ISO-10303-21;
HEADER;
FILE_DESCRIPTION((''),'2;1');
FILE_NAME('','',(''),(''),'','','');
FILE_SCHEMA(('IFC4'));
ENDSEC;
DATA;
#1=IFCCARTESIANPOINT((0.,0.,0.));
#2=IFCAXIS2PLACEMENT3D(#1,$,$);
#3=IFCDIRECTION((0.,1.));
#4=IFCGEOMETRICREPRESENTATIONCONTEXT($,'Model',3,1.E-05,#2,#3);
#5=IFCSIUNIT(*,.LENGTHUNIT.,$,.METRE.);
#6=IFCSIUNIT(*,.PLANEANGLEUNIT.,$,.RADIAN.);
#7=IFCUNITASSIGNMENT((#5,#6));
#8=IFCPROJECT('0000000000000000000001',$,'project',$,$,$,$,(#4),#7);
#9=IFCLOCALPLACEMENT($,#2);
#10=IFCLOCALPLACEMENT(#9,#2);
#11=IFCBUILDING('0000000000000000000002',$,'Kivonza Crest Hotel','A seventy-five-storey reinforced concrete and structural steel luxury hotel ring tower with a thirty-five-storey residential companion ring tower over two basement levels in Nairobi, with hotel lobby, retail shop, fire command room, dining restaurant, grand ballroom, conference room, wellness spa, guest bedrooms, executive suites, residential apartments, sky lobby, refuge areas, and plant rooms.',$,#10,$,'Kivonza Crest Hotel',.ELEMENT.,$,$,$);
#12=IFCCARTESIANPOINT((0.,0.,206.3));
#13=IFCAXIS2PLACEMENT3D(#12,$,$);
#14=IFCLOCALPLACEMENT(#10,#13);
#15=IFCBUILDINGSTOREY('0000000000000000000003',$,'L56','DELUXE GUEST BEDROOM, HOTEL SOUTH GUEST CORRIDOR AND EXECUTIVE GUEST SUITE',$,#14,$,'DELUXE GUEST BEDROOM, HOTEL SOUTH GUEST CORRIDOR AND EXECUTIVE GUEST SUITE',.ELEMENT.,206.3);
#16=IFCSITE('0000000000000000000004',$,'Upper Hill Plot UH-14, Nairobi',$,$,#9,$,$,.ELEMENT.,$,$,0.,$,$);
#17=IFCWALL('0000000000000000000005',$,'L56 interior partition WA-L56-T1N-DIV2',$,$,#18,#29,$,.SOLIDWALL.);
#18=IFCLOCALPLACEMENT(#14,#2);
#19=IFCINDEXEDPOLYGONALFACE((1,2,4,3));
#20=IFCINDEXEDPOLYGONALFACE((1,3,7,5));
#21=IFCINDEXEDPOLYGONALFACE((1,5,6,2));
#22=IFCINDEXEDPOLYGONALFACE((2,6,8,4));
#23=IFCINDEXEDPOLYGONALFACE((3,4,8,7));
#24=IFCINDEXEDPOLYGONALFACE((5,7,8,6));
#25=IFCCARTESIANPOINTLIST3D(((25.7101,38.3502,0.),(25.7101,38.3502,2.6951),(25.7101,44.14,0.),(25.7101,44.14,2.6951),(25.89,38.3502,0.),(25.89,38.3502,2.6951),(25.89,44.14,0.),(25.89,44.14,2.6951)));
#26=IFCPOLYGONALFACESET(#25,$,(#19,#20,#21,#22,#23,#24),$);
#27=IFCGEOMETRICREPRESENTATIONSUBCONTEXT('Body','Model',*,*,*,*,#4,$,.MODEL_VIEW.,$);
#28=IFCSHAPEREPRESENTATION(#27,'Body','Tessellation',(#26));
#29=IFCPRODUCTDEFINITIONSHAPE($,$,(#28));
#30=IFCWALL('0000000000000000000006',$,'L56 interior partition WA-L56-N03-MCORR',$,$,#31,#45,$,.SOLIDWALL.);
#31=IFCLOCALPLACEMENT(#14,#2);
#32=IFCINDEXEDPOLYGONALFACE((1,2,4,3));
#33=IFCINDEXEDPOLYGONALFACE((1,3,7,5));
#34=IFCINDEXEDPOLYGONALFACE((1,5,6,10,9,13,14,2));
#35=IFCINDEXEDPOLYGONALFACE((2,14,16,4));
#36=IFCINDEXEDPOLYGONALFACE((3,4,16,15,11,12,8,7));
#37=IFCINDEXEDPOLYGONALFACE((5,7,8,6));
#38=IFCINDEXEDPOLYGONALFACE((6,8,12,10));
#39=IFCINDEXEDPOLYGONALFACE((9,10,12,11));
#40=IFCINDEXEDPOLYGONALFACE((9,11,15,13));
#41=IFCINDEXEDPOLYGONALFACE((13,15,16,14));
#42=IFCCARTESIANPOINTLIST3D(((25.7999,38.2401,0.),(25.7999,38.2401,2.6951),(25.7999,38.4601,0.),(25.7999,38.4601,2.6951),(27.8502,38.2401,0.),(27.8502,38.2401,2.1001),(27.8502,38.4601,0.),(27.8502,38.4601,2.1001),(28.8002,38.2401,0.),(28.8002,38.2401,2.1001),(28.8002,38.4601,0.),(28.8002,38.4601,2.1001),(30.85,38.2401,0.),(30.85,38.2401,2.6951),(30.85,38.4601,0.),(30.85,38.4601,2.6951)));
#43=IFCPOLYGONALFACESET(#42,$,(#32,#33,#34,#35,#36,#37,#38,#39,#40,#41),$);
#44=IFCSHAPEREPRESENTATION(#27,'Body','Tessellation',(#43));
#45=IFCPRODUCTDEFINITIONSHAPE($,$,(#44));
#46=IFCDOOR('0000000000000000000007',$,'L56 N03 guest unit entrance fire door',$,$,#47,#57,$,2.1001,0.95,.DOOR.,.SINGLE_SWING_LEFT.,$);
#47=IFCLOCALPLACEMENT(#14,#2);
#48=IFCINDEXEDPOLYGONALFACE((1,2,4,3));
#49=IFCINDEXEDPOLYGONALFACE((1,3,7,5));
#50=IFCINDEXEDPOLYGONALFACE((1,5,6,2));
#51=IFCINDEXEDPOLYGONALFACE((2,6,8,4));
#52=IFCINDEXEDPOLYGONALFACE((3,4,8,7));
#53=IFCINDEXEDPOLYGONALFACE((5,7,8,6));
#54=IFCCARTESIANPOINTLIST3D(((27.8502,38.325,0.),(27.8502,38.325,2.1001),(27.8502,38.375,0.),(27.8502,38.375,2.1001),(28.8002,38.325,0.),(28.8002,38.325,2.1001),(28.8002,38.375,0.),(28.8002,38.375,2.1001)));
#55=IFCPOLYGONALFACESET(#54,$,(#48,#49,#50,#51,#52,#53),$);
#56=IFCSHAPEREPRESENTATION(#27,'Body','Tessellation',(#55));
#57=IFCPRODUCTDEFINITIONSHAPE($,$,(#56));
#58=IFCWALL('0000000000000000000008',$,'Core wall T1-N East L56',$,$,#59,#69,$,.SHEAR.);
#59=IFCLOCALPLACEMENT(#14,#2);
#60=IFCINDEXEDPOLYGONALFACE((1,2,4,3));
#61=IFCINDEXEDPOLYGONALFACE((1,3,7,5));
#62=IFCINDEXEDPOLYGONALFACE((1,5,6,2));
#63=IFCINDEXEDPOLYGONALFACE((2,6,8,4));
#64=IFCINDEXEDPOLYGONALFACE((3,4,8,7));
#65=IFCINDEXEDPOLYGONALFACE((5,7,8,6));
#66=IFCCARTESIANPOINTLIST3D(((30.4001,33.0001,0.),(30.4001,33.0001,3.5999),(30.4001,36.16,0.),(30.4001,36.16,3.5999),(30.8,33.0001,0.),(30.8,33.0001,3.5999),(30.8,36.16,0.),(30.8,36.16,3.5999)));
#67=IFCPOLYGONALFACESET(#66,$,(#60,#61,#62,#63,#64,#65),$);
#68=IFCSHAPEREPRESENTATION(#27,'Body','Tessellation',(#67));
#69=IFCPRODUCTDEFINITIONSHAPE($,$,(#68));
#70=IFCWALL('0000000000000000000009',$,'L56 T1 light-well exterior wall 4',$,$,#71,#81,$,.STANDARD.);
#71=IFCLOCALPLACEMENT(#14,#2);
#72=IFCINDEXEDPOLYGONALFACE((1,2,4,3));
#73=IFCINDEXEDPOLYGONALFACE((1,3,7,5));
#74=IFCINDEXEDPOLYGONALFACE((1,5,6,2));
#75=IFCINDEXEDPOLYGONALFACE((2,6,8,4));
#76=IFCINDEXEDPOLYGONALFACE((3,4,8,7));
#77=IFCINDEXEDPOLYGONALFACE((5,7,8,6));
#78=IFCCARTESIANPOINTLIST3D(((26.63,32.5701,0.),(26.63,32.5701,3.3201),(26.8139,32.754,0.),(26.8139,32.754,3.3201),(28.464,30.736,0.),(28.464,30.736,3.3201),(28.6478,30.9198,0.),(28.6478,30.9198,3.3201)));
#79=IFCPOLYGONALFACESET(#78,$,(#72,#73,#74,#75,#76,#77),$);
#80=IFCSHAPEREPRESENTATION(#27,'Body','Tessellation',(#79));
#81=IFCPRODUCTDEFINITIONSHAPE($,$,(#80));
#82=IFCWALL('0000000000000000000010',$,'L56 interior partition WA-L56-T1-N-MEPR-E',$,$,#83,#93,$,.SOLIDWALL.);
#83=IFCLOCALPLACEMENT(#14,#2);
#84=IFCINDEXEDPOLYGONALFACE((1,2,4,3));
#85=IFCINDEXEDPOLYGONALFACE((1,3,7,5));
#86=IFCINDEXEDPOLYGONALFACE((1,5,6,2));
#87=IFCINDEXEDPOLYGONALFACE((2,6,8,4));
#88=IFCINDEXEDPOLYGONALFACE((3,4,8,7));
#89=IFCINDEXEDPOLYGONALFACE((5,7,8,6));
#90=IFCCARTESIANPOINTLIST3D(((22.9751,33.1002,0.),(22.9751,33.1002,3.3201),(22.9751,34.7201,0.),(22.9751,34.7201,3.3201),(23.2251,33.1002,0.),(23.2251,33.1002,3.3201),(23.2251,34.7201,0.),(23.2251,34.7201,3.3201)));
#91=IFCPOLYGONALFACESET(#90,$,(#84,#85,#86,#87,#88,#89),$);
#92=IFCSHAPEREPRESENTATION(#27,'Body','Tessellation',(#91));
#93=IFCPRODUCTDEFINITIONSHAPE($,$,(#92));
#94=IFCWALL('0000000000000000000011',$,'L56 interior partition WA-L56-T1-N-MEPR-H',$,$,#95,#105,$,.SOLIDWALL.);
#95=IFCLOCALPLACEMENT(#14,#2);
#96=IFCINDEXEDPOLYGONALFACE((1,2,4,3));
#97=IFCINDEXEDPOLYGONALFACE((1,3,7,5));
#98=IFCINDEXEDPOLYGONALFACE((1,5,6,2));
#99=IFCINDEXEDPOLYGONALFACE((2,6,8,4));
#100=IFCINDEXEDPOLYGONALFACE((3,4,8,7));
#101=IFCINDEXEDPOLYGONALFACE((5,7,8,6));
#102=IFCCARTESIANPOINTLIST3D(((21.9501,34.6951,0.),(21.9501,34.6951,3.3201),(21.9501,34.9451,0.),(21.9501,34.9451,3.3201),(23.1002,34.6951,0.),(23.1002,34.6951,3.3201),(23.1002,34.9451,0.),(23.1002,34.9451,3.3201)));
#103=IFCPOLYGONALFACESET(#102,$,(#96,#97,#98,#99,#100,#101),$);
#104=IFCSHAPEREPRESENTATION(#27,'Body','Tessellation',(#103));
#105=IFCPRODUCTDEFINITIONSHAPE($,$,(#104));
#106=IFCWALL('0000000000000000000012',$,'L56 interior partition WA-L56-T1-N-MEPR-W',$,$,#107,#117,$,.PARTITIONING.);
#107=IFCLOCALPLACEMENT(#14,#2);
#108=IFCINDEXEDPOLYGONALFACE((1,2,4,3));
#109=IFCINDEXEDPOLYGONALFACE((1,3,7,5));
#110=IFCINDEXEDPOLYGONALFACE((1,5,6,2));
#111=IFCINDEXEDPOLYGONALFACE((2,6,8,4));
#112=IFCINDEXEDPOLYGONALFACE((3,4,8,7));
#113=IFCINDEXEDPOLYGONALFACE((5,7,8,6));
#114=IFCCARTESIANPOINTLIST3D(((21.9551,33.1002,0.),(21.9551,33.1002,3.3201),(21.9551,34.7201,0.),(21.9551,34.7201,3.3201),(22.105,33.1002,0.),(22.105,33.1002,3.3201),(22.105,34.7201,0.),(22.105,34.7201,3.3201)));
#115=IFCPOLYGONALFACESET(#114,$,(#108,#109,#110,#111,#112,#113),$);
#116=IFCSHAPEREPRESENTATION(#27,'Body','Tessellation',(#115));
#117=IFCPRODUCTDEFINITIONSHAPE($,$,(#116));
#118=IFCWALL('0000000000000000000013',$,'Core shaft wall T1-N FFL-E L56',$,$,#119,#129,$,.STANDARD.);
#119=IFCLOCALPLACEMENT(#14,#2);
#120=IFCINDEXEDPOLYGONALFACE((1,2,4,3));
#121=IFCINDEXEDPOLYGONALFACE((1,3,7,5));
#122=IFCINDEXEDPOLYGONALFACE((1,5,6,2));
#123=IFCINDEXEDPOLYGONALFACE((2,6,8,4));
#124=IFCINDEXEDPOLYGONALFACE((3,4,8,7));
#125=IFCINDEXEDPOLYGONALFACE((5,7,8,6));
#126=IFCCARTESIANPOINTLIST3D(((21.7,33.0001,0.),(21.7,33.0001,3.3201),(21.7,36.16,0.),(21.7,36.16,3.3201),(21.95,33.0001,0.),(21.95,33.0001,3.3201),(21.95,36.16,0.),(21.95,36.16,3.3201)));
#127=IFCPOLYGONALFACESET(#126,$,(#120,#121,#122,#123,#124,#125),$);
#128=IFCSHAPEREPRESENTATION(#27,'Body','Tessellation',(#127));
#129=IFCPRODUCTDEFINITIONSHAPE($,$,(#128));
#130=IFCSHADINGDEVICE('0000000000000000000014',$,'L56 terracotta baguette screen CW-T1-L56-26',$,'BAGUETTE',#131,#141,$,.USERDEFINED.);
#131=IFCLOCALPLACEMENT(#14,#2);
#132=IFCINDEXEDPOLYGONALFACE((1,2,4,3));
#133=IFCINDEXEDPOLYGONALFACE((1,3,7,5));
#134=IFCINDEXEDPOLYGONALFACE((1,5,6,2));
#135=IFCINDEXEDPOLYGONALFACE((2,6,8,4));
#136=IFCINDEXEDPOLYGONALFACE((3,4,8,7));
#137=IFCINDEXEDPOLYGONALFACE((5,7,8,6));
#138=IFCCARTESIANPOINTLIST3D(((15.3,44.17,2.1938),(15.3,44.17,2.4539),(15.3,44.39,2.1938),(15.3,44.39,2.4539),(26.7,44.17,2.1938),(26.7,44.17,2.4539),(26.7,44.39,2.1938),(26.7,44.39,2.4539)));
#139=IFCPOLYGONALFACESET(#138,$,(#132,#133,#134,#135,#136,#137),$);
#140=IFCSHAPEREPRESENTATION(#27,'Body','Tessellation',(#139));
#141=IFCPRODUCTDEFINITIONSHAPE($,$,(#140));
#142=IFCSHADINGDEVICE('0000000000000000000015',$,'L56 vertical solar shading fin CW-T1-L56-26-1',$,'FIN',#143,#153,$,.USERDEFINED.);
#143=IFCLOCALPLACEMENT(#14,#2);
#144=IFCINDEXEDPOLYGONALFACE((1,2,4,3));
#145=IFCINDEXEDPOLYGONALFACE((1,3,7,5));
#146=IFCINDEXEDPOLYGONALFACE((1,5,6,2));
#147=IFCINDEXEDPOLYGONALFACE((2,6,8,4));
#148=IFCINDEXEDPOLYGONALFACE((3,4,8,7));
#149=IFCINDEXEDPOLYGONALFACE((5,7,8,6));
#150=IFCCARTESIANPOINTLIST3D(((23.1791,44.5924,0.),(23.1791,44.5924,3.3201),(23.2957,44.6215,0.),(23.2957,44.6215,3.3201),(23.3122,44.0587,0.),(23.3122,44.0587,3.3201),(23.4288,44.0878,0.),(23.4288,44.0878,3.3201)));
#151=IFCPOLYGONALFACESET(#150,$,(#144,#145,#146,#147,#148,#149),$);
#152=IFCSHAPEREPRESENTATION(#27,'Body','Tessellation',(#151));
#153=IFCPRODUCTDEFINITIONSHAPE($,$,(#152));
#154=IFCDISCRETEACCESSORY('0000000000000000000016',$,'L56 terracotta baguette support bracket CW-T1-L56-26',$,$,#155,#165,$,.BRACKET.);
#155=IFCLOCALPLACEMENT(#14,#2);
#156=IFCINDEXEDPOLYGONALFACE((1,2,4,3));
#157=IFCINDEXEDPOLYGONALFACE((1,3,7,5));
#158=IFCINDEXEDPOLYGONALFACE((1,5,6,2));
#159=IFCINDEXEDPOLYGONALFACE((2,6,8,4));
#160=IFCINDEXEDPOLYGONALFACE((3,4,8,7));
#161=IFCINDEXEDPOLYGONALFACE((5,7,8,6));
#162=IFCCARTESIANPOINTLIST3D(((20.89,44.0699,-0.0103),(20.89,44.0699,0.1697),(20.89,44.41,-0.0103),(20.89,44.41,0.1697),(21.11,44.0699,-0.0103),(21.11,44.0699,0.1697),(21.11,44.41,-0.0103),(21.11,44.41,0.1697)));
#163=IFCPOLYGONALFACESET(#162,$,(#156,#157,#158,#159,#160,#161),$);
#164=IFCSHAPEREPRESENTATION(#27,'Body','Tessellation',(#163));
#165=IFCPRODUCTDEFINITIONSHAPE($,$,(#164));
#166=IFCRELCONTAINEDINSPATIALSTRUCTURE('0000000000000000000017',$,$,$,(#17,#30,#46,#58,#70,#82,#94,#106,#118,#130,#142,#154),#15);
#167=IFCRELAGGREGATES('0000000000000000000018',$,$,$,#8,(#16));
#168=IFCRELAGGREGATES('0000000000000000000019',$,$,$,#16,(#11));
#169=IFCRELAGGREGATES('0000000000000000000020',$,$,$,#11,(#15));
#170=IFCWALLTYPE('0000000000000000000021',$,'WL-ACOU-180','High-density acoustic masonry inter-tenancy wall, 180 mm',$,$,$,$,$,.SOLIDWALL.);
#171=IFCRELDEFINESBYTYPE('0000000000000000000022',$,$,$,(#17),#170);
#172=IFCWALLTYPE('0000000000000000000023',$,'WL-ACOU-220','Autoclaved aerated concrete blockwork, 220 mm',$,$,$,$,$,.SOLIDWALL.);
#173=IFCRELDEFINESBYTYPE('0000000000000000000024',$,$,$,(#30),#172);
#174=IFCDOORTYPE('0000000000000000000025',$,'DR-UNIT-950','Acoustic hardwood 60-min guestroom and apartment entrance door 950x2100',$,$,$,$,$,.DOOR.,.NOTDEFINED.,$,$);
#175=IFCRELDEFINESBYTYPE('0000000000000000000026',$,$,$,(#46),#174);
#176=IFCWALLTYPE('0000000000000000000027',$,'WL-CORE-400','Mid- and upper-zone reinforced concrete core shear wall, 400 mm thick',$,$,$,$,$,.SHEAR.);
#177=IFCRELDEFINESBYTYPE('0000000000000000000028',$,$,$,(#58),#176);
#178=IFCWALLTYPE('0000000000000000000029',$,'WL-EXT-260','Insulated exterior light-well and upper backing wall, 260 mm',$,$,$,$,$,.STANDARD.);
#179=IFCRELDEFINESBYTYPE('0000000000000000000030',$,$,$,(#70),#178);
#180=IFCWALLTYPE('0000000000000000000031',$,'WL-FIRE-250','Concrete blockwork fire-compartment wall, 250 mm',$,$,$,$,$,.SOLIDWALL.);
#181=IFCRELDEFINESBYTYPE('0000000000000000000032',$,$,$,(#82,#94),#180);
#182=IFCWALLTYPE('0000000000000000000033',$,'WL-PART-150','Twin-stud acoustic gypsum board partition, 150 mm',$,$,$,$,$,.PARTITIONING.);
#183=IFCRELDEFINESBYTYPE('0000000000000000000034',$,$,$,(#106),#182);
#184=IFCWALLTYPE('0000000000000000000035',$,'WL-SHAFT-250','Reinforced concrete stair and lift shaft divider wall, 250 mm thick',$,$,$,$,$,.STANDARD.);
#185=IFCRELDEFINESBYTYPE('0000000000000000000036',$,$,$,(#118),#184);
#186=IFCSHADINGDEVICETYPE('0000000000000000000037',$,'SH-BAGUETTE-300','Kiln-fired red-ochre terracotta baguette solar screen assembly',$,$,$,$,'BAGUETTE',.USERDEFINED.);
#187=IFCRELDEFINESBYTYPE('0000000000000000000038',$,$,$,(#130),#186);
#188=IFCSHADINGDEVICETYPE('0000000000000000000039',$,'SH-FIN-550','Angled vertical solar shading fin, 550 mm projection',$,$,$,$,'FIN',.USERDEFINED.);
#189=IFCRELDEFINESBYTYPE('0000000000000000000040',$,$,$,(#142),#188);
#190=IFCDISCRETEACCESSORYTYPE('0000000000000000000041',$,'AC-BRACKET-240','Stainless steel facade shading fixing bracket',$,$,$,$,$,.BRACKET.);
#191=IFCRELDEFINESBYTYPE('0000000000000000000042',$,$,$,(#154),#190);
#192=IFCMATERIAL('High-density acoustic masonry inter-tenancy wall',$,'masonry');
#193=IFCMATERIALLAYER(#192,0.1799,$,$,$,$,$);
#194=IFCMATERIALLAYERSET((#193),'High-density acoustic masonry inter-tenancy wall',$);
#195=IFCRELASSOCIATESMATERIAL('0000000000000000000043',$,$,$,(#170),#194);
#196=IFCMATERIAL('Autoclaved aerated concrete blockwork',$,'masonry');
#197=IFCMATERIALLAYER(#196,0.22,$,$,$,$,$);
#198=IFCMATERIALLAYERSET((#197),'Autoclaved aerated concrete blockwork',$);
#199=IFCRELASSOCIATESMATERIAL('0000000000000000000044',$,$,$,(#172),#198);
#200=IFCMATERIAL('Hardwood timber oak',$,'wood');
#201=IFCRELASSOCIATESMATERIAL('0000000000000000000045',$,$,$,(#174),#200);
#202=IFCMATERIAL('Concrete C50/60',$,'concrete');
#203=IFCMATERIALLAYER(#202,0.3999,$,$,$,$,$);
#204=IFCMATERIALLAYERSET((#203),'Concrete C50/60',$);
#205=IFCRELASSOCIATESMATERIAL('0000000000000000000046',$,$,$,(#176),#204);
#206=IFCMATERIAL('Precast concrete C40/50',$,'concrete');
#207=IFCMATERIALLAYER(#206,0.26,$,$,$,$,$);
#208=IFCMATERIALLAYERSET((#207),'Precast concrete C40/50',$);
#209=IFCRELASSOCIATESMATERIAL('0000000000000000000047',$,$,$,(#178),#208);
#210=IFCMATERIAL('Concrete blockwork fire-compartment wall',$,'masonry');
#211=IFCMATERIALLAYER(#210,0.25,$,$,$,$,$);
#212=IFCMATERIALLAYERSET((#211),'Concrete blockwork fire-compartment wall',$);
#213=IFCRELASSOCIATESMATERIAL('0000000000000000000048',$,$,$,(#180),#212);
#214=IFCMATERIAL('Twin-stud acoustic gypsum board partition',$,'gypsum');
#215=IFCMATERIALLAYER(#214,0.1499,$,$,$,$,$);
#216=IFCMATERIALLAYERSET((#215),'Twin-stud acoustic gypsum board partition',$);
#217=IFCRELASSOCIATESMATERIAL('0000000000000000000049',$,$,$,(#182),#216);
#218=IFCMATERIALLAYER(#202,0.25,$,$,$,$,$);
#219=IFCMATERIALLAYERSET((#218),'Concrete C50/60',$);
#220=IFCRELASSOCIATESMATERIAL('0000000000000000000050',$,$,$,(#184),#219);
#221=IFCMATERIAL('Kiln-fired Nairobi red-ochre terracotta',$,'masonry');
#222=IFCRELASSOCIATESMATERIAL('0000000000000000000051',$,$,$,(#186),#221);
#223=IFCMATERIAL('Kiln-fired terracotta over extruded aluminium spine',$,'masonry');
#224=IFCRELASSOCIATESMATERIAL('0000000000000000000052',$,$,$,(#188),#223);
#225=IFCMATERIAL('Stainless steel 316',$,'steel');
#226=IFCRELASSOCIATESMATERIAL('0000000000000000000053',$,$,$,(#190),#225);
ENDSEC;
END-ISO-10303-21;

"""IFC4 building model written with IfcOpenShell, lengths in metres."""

from ifc_helpers import new_model, si_unit, direction, frame, frame_2d, origin, origin_2d, place, context, subcontext, project, spatial, rectangle, extrude, material, layer, layer_set, type_object, element, fill, save


model = new_model("IFC4")

# Units and contexts
model_context = context("Model", 3, precision=1e-05, world=origin(), true_north=direction((0.0, 1.0)))
body_context = subcontext(model_context, "Body", "Model", "MODEL_VIEW")
ifc_project = project(units=[si_unit("LENGTHUNIT", "METRE"), si_unit("PLANEANGLEUNIT", "RADIAN")], contexts=[model_context])

# Site, building, storey
site_placement = place(None, origin())
site = spatial("IfcSite", under=ifc_project, at=site_placement, Name="Upper Hill Plot UH-14, Nairobi", CompositionType="ELEMENT", RefElevation=0.0)
building_placement = place(site_placement, origin())
building = spatial("IfcBuilding", under=site, at=building_placement, Name="Kivonza Crest Hotel", Description="A seventy-five-storey reinforced concrete and structural steel luxury hotel ring tower with a thirty-five-storey residential companion ring tower over two basement levels in Nairobi, with hotel lobby, retail shop, fire command room, dining restaurant, grand ballroom, conference room, wellness spa, guest bedrooms, executive suites, residential apartments, sky lobby, refuge areas, and plant rooms.", LongName="Kivonza Crest Hotel", CompositionType="ELEMENT")
storey_placement = place(building_placement, frame((0.0, 0.0, 206.3)))
storey = spatial("IfcBuildingStorey", under=building, at=storey_placement, Name="L56", Description="DELUXE GUEST BEDROOM, HOTEL SOUTH GUEST CORRIDOR AND EXECUTIVE GUEST SUITE", LongName="DELUXE GUEST BEDROOM, HOTEL SOUTH GUEST CORRIDOR AND EXECUTIVE GUEST SUITE", CompositionType="ELEMENT", Elevation=206.3)

# Shared definitions
ifc_material_1 = material(Name="Concrete C50/60", Category="concrete")

# Wall
ifc_material_2 = material(Name="High-density acoustic masonry inter-tenancy wall", Category="masonry")
ifc_layer_1 = layer(ifc_material_2, 0.1799)
ifc_layer_set_1 = layer_set([ifc_layer_1], Name="High-density acoustic masonry inter-tenancy wall")
wall_type_1 = type_object("IfcWallType", Name="WL-ACOU-180", Description="High-density acoustic masonry inter-tenancy wall, 180 mm", PredefinedType="SOLIDWALL", material=ifc_layer_set_1)
wall_1_placement = place(storey_placement, frame((25.8, 38.3501, 0.0), z_axis=(0.0, 0.0, 1.0), x_axis=(0.0, 1.0, 0.0)))
element("IfcWall", 1, at=wall_1_placement, inside=storey, type_object=wall_type_1, Name="L56 interior partition WA-L56-T1N-DIV2", PredefinedType="SOLIDWALL", context=body_context, shape_type="SweptSolid", body=[
    extrude(rectangle(XDim=5.7898, YDim=0.1799, at=frame_2d((2.895, 0.0))), origin(), (0.0, 0.0, 1.0), 2.6951),
])

# Wall, opening, door
ifc_material_3 = material(Name="Autoclaved aerated concrete blockwork", Category="masonry")
ifc_layer_2 = layer(ifc_material_3, 0.22)
ifc_layer_set_2 = layer_set([ifc_layer_2], Name="Autoclaved aerated concrete blockwork")
wall_type_2 = type_object("IfcWallType", Name="WL-ACOU-220", Description="Autoclaved aerated concrete blockwork, 220 mm", PredefinedType="SOLIDWALL", material=ifc_layer_set_2)
wall_2_placement = place(storey_placement, frame((25.8, 38.3501, 0.0), z_axis=(0.0, 0.0, 1.0), x_axis=(1.0, 0.0, 0.0)))
wall_2 = element("IfcWall", 2, at=wall_2_placement, inside=storey, type_object=wall_type_2, Name="L56 interior partition WA-L56-N03-MCORR", PredefinedType="SOLIDWALL", context=body_context, shape_type="SweptSolid", body=[
    extrude(rectangle(XDim=5.05, YDim=0.22, at=frame_2d((2.5249, 0.0))), origin(), (0.0, 0.0, 1.0), 2.6951),
])
opening_1_placement = place(wall_2_placement, frame((2.05, 0.0, 0.0)))
opening_1 = element("IfcOpeningElement", 3, at=opening_1_placement, cuts=wall_2, PredefinedType="OPENING", context=body_context, shape_type="SweptSolid", body=[
    extrude(rectangle(XDim=0.95, YDim=2.1001, at=frame_2d((0.4751, 1.05))), frame((0.0, 0.1201, 0.0), z_axis=(0.0, -1.0, 0.0), x_axis=(1.0, 0.0, 0.0)), (0.0, 0.0, 1.0), 0.24),
])
ifc_material_4 = material(Name="Hardwood timber oak", Category="wood")
door_type_1 = type_object("IfcDoorType", Name="DR-UNIT-950", Description="Acoustic hardwood 60-min guestroom and apartment entrance door 950x2100", OperationType="NOTDEFINED", PredefinedType="DOOR", material=ifc_material_4)
door_1_placement = place(opening_1_placement, origin())
door_1 = element("IfcDoor", 4, at=door_1_placement, inside=storey, type_object=door_type_1, Name="L56 N03 guest unit entrance fire door", OperationType="SINGLE_SWING_LEFT", OverallHeight=2.1001, OverallWidth=0.95, PredefinedType="DOOR", context=body_context, shape_type="SweptSolid", body=[
    extrude(rectangle(XDim=0.95, YDim=2.1001, at=frame_2d((0.4751, 1.05))), frame((0.0, 0.0249, 0.0), z_axis=(0.0, -1.0, 0.0), x_axis=(1.0, 0.0, 0.0)), (0.0, 0.0, 1.0), 0.05),
])
fill(opening_1, door_1)

# Walls
ifc_layer_3 = layer(ifc_material_1, 0.3999)
ifc_layer_set_3 = layer_set([ifc_layer_3], Name="Concrete C50/60")
wall_type_3 = type_object("IfcWallType", Name="WL-CORE-400", Description="Mid- and upper-zone reinforced concrete core shear wall, 400 mm thick", PredefinedType="SHEAR", material=ifc_layer_set_3)
wall_3_placement = place(storey_placement, frame((30.6001, 33.0, 0.0), z_axis=(0.0, 0.0, 1.0), x_axis=(0.0, 1.0, 0.0)))
element("IfcWall", 5, at=wall_3_placement, inside=storey, type_object=wall_type_3, Name="Core wall T1-N East L56", PredefinedType="SHEAR", context=body_context, shape_type="SweptSolid", body=[
    extrude(rectangle(XDim=3.1599, YDim=0.3999, at=frame_2d((1.5801, 0.0))), origin(), (0.0, 0.0, 1.0), 3.5999),
])
ifc_material_5 = material(Name="Precast concrete C40/50", Category="concrete")
ifc_layer_4 = layer(ifc_material_5, 0.26)
ifc_layer_set_4 = layer_set([ifc_layer_4], Name="Precast concrete C40/50")
wall_type_4 = type_object("IfcWallType", Name="WL-EXT-260", Description="Insulated exterior light-well and upper backing wall, 260 mm", PredefinedType="STANDARD", material=ifc_layer_set_4)
wall_4_placement = place(storey_placement, frame((28.5559, 30.8279, 0.0), z_axis=(0.0, 0.0, 1.0), x_axis=(-0.70706, 0.707154, 0.0)))
element("IfcWall", 6, at=wall_4_placement, inside=storey, type_object=wall_type_4, Name="L56 T1 light-well exterior wall 4", PredefinedType="STANDARD", context=body_context, shape_type="SweptSolid", body=[
    extrude(rectangle(XDim=2.5938, YDim=0.26, at=frame_2d((1.2969, 0.0))), origin(), (0.0, 0.0, 1.0), 3.3201),
])
ifc_material_6 = material(Name="Concrete blockwork fire-compartment wall", Category="masonry")
ifc_layer_5 = layer(ifc_material_6, 0.25)
ifc_layer_set_5 = layer_set([ifc_layer_5], Name="Concrete blockwork fire-compartment wall")
wall_type_5 = type_object("IfcWallType", Name="WL-FIRE-250", Description="Concrete blockwork fire-compartment wall, 250 mm", PredefinedType="SOLIDWALL", material=ifc_layer_set_5)
wall_5_placement = place(storey_placement, frame((23.1001, 33.1001, 0.0), z_axis=(0.0, 0.0, 1.0), x_axis=(0.0, 1.0, 0.0)))
element("IfcWall", 7, at=wall_5_placement, inside=storey, type_object=wall_type_5, Name="L56 interior partition WA-L56-T1-N-MEPR-E", PredefinedType="SOLIDWALL", context=body_context, shape_type="SweptSolid", body=[
    extrude(rectangle(XDim=1.6199, YDim=0.25, at=frame_2d((0.8101, 0.0))), origin(), (0.0, 0.0, 1.0), 3.3201),
])
wall_6_placement = place(storey_placement, frame((21.95, 34.8201, 0.0), z_axis=(0.0, 0.0, 1.0), x_axis=(1.0, 0.0, 0.0)))
element("IfcWall", 8, at=wall_6_placement, inside=storey, type_object=wall_type_5, Name="L56 interior partition WA-L56-T1-N-MEPR-H", PredefinedType="SOLIDWALL", context=body_context, shape_type="SweptSolid", body=[
    extrude(rectangle(XDim=1.1501, YDim=0.25, at=frame_2d((0.5752, 0.0))), origin(), (0.0, 0.0, 1.0), 3.3201),
])
ifc_material_7 = material(Name="Twin-stud acoustic gypsum board partition", Category="gypsum")
ifc_layer_6 = layer(ifc_material_7, 0.1499)
ifc_layer_set_6 = layer_set([ifc_layer_6], Name="Twin-stud acoustic gypsum board partition")
wall_type_6 = type_object("IfcWallType", Name="WL-PART-150", Description="Twin-stud acoustic gypsum board partition, 150 mm", PredefinedType="PARTITIONING", material=ifc_layer_set_6)
wall_7_placement = place(storey_placement, frame((22.03, 33.1001, 0.0), z_axis=(0.0, 0.0, 1.0), x_axis=(0.0, 1.0, 0.0)))
element("IfcWall", 9, at=wall_7_placement, inside=storey, type_object=wall_type_6, Name="L56 interior partition WA-L56-T1-N-MEPR-W", PredefinedType="PARTITIONING", context=body_context, shape_type="SweptSolid", body=[
    extrude(rectangle(XDim=1.6199, YDim=0.1499, at=frame_2d((0.8101, 0.0))), origin(), (0.0, 0.0, 1.0), 3.3201),
])

# Shared definitions
ifc_layer_7 = layer(ifc_material_1, 0.25)
ifc_layer_set_7 = layer_set([ifc_layer_7], Name="Concrete C50/60")
wall_type_7 = type_object("IfcWallType", Name="WL-SHAFT-250", Description="Reinforced concrete stair and lift shaft divider wall, 250 mm thick", PredefinedType="STANDARD", material=ifc_layer_set_7)

# Wall
wall_8_placement = place(storey_placement, frame((21.825, 33.0, 0.0), z_axis=(0.0, 0.0, 1.0), x_axis=(0.0, 1.0, 0.0)))
element("IfcWall", 10, at=wall_8_placement, inside=storey, type_object=wall_type_7, Name="Core shaft wall T1-N FFL-E L56", PredefinedType="STANDARD", context=body_context, shape_type="SweptSolid", body=[
    extrude(rectangle(XDim=3.1599, YDim=0.25, at=frame_2d((1.5801, 0.0))), origin(), (0.0, 0.0, 1.0), 3.3201),
])

# Shading devices
ifc_material_8 = material(Name="Kiln-fired Nairobi red-ochre terracotta", Category="masonry")
shading_device_type_1 = type_object("IfcShadingDeviceType", Name="SH-BAGUETTE-300", Description="Kiln-fired red-ochre terracotta baguette solar screen assembly", ElementType="BAGUETTE", PredefinedType="USERDEFINED", material=ifc_material_8)
shading_device_1_placement = place(storey_placement, frame((21.0, 44.28, 2.1938), z_axis=(0.0, 0.0, 1.0), x_axis=(-1.0, 0.0, 0.0)))
element("IfcShadingDevice", 11, at=shading_device_1_placement, inside=storey, type_object=shading_device_type_1, Name="L56 terracotta baguette screen CW-T1-L56-26", ObjectType="BAGUETTE", PredefinedType="USERDEFINED", context=body_context, shape_type="SweptSolid", body=[
    extrude(rectangle(XDim=11.3999, YDim=0.22, at=origin_2d()), origin(), (0.0, 0.0, 1.0), 0.26),
])
ifc_material_9 = material(Name="Kiln-fired terracotta over extruded aluminium spine", Category="masonry")
shading_device_type_2 = type_object("IfcShadingDeviceType", Name="SH-FIN-550", Description="Angled vertical solar shading fin, 550 mm projection", ElementType="FIN", PredefinedType="USERDEFINED", material=ifc_material_9)
shading_device_2_placement = place(storey_placement, frame((23.304, 44.3401, 0.0), z_axis=(0.0, 0.0, 1.0), x_axis=(-0.970296, -0.241922, 0.0)))
element("IfcShadingDevice", 12, at=shading_device_2_placement, inside=storey, type_object=shading_device_type_2, Name="L56 vertical solar shading fin CW-T1-L56-26-1", ObjectType="FIN", PredefinedType="USERDEFINED", context=body_context, shape_type="SweptSolid", body=[
    extrude(rectangle(XDim=0.1201, YDim=0.55, at=origin_2d()), origin(), (0.0, 0.0, 1.0), 3.3201),
])

# Discrete accessory
ifc_material_10 = material(Name="Stainless steel 316", Category="steel")
discrete_accessory_type = type_object("IfcDiscreteAccessoryType", Name="AC-BRACKET-240", Description="Stainless steel facade shading fixing bracket", PredefinedType="BRACKET", material=ifc_material_10)
discrete_accessory_placement = place(storey_placement, frame((21.0, 44.24, -0.0103), z_axis=(0.0, 0.0, 1.0), x_axis=(-1.0, 0.0, 0.0)))
element("IfcDiscreteAccessory", 13, at=discrete_accessory_placement, inside=storey, type_object=discrete_accessory_type, Name="L56 terracotta baguette support bracket CW-T1-L56-26", PredefinedType="BRACKET", context=body_context, shape_type="SweptSolid", body=[
    extrude(rectangle(XDim=0.22, YDim=0.3401, at=origin_2d()), origin(), (0.0, 0.0, 1.0), 0.1799),
])

save(model, "model.ifc")
